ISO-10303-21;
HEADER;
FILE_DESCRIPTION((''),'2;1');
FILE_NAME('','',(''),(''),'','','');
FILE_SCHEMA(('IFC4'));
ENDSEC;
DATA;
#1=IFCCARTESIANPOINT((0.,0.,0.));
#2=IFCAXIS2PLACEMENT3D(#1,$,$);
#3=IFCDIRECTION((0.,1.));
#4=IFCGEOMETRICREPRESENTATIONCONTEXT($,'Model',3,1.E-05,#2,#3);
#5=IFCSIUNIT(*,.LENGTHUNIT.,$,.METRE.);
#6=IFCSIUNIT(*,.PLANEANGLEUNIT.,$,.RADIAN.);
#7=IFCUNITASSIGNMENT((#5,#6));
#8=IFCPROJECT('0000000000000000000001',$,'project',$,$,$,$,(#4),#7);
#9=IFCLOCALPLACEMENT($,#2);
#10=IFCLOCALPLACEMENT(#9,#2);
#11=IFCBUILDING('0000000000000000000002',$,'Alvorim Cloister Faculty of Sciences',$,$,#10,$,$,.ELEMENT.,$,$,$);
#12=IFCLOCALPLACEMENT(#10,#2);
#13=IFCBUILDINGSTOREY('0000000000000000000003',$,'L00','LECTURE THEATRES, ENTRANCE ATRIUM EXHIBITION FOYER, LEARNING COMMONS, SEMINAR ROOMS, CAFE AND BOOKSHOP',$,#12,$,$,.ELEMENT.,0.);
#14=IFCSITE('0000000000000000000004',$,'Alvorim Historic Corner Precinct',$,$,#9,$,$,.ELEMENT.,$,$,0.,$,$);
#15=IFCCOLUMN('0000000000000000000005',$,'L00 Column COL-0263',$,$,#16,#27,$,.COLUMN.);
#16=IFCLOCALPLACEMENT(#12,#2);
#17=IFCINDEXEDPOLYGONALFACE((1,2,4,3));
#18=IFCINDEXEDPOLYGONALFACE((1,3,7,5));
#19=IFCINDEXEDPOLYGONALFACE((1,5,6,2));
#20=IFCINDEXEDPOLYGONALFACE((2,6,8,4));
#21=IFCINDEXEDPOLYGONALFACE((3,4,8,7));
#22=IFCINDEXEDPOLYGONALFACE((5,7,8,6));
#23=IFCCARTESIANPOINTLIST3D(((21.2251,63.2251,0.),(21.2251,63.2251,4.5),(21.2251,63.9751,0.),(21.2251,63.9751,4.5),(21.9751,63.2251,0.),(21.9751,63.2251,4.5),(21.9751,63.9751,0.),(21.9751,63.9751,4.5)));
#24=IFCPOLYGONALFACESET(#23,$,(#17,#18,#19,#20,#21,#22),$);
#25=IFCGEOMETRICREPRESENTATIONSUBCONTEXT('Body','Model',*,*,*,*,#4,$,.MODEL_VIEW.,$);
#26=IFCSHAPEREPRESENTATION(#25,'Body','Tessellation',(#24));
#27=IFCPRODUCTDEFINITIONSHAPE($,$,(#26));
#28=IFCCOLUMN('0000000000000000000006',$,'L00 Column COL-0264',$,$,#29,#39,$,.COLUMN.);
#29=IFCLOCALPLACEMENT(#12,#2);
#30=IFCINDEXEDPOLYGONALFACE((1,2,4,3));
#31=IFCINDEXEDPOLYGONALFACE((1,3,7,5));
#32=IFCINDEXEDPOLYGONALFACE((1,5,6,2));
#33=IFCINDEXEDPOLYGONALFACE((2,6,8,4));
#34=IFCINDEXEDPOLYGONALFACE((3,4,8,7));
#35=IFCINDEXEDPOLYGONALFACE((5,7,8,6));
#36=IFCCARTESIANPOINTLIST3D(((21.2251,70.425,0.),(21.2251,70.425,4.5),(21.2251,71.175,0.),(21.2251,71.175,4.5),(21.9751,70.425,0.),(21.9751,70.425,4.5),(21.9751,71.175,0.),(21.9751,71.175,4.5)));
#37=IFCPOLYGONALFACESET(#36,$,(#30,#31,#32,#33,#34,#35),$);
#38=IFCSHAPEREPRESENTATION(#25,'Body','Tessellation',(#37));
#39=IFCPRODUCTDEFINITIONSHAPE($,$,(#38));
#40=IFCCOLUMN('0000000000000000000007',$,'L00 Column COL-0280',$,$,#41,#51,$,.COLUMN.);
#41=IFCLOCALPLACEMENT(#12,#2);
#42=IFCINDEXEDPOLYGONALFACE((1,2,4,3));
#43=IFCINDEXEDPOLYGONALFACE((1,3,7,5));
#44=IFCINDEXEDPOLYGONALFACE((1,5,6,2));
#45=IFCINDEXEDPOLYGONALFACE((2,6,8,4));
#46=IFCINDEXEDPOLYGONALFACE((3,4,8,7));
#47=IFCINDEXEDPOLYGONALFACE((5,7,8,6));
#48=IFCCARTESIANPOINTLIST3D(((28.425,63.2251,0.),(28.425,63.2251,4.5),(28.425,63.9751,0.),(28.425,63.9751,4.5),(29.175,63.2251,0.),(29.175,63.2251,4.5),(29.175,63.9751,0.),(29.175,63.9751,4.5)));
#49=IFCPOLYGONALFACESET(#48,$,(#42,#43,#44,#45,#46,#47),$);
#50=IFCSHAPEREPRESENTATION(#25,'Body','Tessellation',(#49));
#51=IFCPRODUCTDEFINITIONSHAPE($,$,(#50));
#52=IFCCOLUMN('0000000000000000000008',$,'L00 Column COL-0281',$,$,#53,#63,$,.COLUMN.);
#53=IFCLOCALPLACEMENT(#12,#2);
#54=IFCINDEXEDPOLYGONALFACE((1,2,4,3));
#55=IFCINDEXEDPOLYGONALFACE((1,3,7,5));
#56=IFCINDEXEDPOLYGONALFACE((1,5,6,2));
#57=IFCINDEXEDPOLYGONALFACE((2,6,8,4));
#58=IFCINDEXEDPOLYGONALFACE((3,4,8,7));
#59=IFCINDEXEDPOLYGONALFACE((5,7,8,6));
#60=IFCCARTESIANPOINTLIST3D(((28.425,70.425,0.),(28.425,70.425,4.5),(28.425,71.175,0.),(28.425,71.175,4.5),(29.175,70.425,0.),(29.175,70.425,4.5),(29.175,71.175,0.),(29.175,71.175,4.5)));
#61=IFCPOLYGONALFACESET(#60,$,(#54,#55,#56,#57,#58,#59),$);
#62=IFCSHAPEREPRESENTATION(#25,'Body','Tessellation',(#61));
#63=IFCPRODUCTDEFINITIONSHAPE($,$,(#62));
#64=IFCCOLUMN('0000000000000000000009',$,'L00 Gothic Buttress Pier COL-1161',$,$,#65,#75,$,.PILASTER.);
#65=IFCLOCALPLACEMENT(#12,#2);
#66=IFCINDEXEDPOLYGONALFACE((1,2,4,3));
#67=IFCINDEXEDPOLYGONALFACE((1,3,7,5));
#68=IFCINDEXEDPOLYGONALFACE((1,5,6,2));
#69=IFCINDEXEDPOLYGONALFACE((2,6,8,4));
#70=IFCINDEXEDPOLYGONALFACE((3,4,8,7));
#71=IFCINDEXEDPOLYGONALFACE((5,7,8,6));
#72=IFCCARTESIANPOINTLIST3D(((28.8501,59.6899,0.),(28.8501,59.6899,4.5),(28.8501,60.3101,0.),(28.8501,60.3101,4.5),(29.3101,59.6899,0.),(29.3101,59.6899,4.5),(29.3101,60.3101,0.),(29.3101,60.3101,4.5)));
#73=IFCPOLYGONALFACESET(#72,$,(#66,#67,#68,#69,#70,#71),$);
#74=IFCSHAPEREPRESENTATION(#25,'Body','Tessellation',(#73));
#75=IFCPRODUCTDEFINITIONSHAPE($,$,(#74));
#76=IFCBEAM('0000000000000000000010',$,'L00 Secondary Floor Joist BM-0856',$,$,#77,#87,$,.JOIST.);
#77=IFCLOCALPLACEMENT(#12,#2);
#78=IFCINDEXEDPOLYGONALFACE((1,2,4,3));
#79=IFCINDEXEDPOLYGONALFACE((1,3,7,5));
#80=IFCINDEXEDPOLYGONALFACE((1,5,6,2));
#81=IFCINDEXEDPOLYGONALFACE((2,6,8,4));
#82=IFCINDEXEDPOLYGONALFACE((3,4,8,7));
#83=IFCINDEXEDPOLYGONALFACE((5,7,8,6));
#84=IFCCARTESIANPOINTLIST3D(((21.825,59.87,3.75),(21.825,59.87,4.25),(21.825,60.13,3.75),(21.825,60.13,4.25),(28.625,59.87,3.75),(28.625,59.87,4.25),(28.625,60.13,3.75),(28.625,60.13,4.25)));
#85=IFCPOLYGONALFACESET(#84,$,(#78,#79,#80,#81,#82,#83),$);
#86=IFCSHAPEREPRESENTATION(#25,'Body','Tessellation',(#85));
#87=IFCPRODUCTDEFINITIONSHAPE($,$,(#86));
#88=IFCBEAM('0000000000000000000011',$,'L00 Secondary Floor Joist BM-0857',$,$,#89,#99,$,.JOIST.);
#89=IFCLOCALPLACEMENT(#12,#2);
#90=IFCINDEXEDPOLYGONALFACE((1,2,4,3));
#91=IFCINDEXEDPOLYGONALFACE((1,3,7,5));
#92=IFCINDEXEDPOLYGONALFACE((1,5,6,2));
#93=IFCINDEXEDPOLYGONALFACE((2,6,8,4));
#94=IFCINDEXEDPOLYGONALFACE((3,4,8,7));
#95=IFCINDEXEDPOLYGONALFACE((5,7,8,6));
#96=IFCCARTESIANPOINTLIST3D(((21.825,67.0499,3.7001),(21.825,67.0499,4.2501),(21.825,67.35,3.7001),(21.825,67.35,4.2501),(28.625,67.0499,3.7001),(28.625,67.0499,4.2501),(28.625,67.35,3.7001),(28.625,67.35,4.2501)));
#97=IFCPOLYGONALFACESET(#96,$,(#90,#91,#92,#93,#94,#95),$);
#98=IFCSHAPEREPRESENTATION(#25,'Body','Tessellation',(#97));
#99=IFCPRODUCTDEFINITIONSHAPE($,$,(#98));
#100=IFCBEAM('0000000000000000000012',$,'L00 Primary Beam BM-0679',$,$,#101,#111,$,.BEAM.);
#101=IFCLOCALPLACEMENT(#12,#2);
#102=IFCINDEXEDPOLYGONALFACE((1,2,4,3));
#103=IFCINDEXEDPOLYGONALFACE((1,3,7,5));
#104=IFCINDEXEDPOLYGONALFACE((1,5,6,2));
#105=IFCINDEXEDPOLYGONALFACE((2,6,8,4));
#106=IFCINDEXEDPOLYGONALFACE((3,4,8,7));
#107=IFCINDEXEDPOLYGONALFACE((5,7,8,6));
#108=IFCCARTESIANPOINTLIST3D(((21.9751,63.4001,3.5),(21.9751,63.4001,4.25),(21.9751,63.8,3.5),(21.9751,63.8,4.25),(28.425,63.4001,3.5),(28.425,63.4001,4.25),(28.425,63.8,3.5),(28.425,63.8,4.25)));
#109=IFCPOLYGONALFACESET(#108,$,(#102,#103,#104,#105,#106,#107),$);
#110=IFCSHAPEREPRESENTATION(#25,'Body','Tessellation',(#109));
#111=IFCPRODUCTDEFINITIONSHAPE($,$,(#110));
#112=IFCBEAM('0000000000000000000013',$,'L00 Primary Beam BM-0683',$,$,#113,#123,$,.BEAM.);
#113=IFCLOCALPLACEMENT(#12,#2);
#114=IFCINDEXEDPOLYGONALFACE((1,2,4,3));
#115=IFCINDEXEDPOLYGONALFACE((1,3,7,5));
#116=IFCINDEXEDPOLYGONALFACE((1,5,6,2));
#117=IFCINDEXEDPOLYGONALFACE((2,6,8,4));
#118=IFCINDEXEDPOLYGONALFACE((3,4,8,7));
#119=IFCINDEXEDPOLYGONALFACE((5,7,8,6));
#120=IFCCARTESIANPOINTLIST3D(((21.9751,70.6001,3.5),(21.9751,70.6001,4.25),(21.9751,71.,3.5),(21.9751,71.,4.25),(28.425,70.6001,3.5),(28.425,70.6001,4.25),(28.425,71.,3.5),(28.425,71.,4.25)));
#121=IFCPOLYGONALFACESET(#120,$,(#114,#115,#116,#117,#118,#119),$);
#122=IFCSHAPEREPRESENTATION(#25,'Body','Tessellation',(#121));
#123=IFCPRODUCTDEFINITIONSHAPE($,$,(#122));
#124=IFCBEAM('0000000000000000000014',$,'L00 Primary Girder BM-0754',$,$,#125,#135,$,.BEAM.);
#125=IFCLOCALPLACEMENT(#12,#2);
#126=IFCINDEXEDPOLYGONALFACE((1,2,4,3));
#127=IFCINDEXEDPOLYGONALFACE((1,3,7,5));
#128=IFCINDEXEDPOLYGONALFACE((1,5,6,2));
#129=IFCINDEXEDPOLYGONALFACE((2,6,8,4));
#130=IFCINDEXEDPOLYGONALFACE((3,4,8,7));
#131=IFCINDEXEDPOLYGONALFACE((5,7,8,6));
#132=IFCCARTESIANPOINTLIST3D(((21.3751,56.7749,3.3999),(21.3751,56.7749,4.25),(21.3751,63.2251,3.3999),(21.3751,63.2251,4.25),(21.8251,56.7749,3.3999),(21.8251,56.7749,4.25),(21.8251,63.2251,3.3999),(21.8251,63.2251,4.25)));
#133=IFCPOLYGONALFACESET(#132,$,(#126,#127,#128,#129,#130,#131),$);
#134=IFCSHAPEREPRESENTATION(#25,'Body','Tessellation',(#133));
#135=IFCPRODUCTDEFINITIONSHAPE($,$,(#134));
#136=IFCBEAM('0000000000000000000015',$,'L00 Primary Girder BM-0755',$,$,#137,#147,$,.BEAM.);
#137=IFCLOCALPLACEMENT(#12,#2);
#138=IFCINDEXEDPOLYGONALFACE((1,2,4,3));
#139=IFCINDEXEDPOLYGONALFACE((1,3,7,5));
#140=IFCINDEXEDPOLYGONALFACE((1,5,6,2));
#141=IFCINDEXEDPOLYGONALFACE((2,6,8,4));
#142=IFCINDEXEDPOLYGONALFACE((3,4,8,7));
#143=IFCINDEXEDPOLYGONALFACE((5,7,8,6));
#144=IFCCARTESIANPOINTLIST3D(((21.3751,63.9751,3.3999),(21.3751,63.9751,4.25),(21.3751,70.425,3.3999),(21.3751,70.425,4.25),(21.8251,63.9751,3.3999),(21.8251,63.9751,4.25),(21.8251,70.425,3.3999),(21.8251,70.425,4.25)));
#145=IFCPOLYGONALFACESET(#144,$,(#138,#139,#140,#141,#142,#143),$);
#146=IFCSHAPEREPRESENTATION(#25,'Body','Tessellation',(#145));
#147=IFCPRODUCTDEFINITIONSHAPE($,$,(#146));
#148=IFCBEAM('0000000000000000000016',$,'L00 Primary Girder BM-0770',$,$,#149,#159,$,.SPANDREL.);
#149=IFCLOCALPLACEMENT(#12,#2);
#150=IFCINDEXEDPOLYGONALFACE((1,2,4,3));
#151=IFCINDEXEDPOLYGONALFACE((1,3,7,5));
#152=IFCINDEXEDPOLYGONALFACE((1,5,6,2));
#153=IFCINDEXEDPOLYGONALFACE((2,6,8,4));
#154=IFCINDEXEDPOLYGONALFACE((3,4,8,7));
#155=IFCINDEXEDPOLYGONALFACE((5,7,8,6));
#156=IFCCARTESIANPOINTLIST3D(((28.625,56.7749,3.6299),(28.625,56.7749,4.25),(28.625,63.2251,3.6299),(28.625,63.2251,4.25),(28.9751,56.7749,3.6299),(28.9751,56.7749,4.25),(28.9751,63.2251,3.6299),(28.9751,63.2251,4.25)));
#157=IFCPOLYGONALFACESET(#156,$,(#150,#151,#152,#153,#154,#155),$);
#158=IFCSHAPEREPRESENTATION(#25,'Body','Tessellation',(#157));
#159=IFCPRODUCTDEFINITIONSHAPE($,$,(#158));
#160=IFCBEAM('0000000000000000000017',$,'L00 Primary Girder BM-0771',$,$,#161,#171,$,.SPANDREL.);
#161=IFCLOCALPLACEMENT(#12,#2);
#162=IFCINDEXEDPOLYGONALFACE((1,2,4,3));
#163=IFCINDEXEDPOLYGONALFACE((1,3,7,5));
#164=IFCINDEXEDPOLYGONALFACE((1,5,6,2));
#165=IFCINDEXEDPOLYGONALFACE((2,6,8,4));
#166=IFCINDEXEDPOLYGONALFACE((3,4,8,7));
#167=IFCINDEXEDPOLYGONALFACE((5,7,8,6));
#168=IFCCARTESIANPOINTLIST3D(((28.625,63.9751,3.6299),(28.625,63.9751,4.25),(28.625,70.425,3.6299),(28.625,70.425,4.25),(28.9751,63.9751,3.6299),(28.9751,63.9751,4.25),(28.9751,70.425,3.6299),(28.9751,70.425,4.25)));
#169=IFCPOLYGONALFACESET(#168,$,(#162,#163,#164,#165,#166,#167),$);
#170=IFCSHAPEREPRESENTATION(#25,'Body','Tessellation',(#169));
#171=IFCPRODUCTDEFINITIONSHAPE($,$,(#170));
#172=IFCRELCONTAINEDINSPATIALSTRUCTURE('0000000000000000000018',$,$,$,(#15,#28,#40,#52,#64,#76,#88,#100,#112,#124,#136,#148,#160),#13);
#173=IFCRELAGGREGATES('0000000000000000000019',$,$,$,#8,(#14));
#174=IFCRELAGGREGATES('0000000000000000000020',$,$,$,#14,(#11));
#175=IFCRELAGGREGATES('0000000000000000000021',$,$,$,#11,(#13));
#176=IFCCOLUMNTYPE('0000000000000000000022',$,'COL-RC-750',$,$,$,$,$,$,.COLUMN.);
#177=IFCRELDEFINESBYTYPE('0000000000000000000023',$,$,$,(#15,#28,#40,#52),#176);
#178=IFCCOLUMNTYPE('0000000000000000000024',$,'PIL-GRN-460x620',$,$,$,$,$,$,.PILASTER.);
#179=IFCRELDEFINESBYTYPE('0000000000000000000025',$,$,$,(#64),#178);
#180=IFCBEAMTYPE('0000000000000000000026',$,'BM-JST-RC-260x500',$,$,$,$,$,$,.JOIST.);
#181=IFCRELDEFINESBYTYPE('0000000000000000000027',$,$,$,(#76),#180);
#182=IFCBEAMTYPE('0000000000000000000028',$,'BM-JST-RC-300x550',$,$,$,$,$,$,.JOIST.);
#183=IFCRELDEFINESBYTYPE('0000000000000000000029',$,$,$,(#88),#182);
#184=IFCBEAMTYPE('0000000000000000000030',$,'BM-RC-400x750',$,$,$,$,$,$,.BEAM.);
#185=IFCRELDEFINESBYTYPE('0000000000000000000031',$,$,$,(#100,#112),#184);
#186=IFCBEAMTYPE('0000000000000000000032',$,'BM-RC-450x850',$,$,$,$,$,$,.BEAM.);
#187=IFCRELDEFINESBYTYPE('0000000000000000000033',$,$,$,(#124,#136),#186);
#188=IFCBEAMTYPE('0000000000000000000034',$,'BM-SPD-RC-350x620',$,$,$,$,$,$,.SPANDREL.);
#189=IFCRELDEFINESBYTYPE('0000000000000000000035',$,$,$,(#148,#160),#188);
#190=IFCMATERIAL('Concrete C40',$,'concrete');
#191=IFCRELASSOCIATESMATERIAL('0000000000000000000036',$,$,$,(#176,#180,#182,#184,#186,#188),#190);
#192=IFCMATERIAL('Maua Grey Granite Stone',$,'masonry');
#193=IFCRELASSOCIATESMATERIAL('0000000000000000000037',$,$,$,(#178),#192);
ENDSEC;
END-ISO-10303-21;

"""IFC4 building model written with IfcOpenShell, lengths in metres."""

from ifc_helpers import new_model, si_unit, direction, frame, origin, origin_2d, place, context, subcontext, project, spatial, rectangle, extrude, material, material_profile, profile_set, type_object, element, save


model = new_model("IFC4")

# Units and contexts
model_context = context("Model", 3, precision=1e-05, world=origin(), true_north=direction((0.0, 1.0)))
body_context = subcontext(model_context, "Body", "Model", "MODEL_VIEW")
ifc_project = project(units=[si_unit("LENGTHUNIT", "METRE"), si_unit("PLANEANGLEUNIT", "RADIAN")], contexts=[model_context])

# Site, building, storey
site_placement = place(None, origin())
site = spatial("IfcSite", under=ifc_project, at=site_placement, Name="Alvorim Historic Corner Precinct", CompositionType="ELEMENT", RefElevation=0.0)
building_placement = place(site_placement, origin())
building = spatial("IfcBuilding", under=site, at=building_placement, Name="Alvorim Cloister Faculty of Sciences", CompositionType="ELEMENT")
storey_placement = place(building_placement, origin())
storey = spatial("IfcBuildingStorey", under=building, at=storey_placement, Name="L00", Description="LECTURE THEATRES, ENTRANCE ATRIUM EXHIBITION FOYER, LEARNING COMMONS, SEMINAR ROOMS, CAFE AND BOOKSHOP", CompositionType="ELEMENT", Elevation=0.0)

# Columns
ifc_material_1 = material(Name="Concrete C40", Category="concrete")
ifc_material_profile_1 = material_profile(ifc_material_1, rectangle(XDim=0.75, YDim=0.75, at=origin_2d()), Name="RC40-COL-750x750")
ifc_profile_set_1 = profile_set([ifc_material_profile_1], Name="Concrete C40")
column_type_1 = type_object("IfcColumnType", Name="COL-RC-750", PredefinedType="COLUMN", material=ifc_profile_set_1)
for number, where, z_axis, x_axis, name in (
    (1, (21.6001, 63.6001, 0.0), (0.0, 0.0, 1.0), (1.0, 0.0, 0.0), "L00 Column COL-0263"),
    (2, (21.6001, 70.8, 0.0), (0.0, 0.0, 1.0), (1.0, 0.0, 0.0), "L00 Column COL-0264"),
    (3, (28.8, 63.6001, 0.0), (0.0, 0.0, 1.0), (1.0, 0.0, 0.0), "L00 Column COL-0280"),
    (4, (28.8, 70.8, 0.0), (0.0, 0.0, 1.0), (1.0, 0.0, 0.0), "L00 Column COL-0281"),
):
    element("IfcColumn", number, at=place(storey_placement, frame(where, z_axis=z_axis, x_axis=x_axis)), inside=storey, type_object=column_type_1, Name=name, PredefinedType="COLUMN", context=body_context, shape_type="SweptSolid", body=[
        extrude(rectangle(XDim=0.75, YDim=0.75, at=origin_2d()), origin(), (0.0, 0.0, 1.0), 4.5),
    ])
ifc_material_2 = material(Name="Maua Grey Granite Stone", Category="masonry")
ifc_material_profile_2 = material_profile(ifc_material_2, rectangle(XDim=0.46, YDim=0.6201, at=origin_2d()), Name="GRN-PIER-460x620")
ifc_profile_set_2 = profile_set([ifc_material_profile_2], Name="Maua Grey Granite Stone")
column_type_2 = type_object("IfcColumnType", Name="PIL-GRN-460x620", PredefinedType="PILASTER", material=ifc_profile_set_2)
column_placement = place(storey_placement, frame((29.0801, 60.0, 0.0), z_axis=(0.0, 0.0, 1.0), x_axis=(1.0, 0.0, 0.0)))
element("IfcColumn", 5, at=column_placement, inside=storey, type_object=column_type_2, Name="L00 Gothic Buttress Pier COL-1161", PredefinedType="PILASTER", context=body_context, shape_type="SweptSolid", body=[
    extrude(rectangle(XDim=0.46, YDim=0.6201, at=origin_2d()), origin(), (0.0, 0.0, 1.0), 4.5),
])

# Beams
ifc_material_profile_3 = material_profile(ifc_material_1, rectangle(XDim=0.26, YDim=0.5, at=origin_2d()), Name="RC40-JST-260x500")
ifc_profile_set_3 = profile_set([ifc_material_profile_3], Name="Concrete C40")
beam_type_1 = type_object("IfcBeamType", Name="BM-JST-RC-260x500", PredefinedType="JOIST", material=ifc_profile_set_3)
beam_1_placement = place(storey_placement, frame((21.825, 60.0, 4.0), z_axis=(1.0, 0.0, 0.0), x_axis=(0.0, 1.0, 0.0)))
element("IfcBeam", 6, at=beam_1_placement, inside=storey, type_object=beam_type_1, Name="L00 Secondary Floor Joist BM-0856", PredefinedType="JOIST", context=body_context, shape_type="SweptSolid", body=[
    extrude(rectangle(XDim=0.26, YDim=0.5, at=origin_2d()), origin(), (0.0, 0.0, 1.0), 6.8),
])
ifc_material_profile_4 = material_profile(ifc_material_1, rectangle(XDim=0.3, YDim=0.55, at=origin_2d()), Name="RC40-JST-300x550")
ifc_profile_set_4 = profile_set([ifc_material_profile_4], Name="Concrete C40")
beam_type_2 = type_object("IfcBeamType", Name="BM-JST-RC-300x550", PredefinedType="JOIST", material=ifc_profile_set_4)
beam_2_placement = place(storey_placement, frame((21.825, 67.2, 3.9751), z_axis=(1.0, 0.0, 0.0), x_axis=(0.0, 1.0, 0.0)))
element("IfcBeam", 7, at=beam_2_placement, inside=storey, type_object=beam_type_2, Name="L00 Secondary Floor Joist BM-0857", PredefinedType="JOIST", context=body_context, shape_type="SweptSolid", body=[
    extrude(rectangle(XDim=0.3, YDim=0.55, at=origin_2d()), origin(), (0.0, 0.0, 1.0), 6.8),
])
ifc_material_profile_5 = material_profile(ifc_material_1, rectangle(XDim=0.3999, YDim=0.75, at=origin_2d()), Name="RC40-BM-400x750")
ifc_profile_set_5 = profile_set([ifc_material_profile_5], Name="Concrete C40")
beam_type_3 = type_object("IfcBeamType", Name="BM-RC-400x750", PredefinedType="BEAM", material=ifc_profile_set_5)
for number, where, z_axis, x_axis, name in (
    (8, (21.9751, 63.6001, 3.875), (1.0, 0.0, 0.0), (0.0, 1.0, 0.0), "L00 Primary Beam BM-0679"),
    (9, (21.9751, 70.8, 3.875), (1.0, 0.0, 0.0), (0.0, 1.0, 0.0), "L00 Primary Beam BM-0683"),
):
    element("IfcBeam", number, at=place(storey_placement, frame(where, z_axis=z_axis, x_axis=x_axis)), inside=storey, type_object=beam_type_3, Name=name, PredefinedType="BEAM", context=body_context, shape_type="SweptSolid", body=[
        extrude(rectangle(XDim=0.3999, YDim=0.75, at=origin_2d()), origin(), (0.0, 0.0, 1.0), 6.45),
    ])
ifc_material_profile_6 = material_profile(ifc_material_1, rectangle(XDim=0.45, YDim=0.8501, at=origin_2d()), Name="RC40-BM-450x850")
ifc_profile_set_6 = profile_set([ifc_material_profile_6], Name="Concrete C40")
beam_type_4 = type_object("IfcBeamType", Name="BM-RC-450x850", PredefinedType="BEAM", material=ifc_profile_set_6)
beam_3_placement = place(storey_placement, frame((21.6001, 56.7749, 3.825), z_axis=(0.0, 1.0, 0.0), x_axis=(-1.0, 0.0, 0.0)))
element("IfcBeam", 10, at=beam_3_placement, inside=storey, type_object=beam_type_4, Name="L00 Primary Girder BM-0754", PredefinedType="BEAM", context=body_context, shape_type="SweptSolid", body=[
    extrude(rectangle(XDim=0.45, YDim=0.8501, at=origin_2d()), origin(), (0.0, 0.0, 1.0), 6.4502),
])
beam_4_placement = place(storey_placement, frame((21.6001, 63.9751, 3.825), z_axis=(0.0, 1.0, 0.0), x_axis=(-1.0, 0.0, 0.0)))
element("IfcBeam", 11, at=beam_4_placement, inside=storey, type_object=beam_type_4, Name="L00 Primary Girder BM-0755", PredefinedType="BEAM", context=body_context, shape_type="SweptSolid", body=[
    extrude(rectangle(XDim=0.45, YDim=0.8501, at=origin_2d()), origin(), (0.0, 0.0, 1.0), 6.45),
])
ifc_material_profile_7 = material_profile(ifc_material_1, rectangle(XDim=0.3501, YDim=0.6201, at=origin_2d()), Name="RC40-SPD-350x620")
ifc_profile_set_7 = profile_set([ifc_material_profile_7], Name="Concrete C40")
beam_type_5 = type_object("IfcBeamType", Name="BM-SPD-RC-350x620", PredefinedType="SPANDREL", material=ifc_profile_set_7)
beam_5_placement = place(storey_placement, frame((28.8, 56.7749, 3.9399), z_axis=(0.0, 1.0, 0.0), x_axis=(-1.0, 0.0, 0.0)))
element("IfcBeam", 12, at=beam_5_placement, inside=storey, type_object=beam_type_5, Name="L00 Primary Girder BM-0770", PredefinedType="SPANDREL", context=body_context, shape_type="SweptSolid", body=[
    extrude(rectangle(XDim=0.3501, YDim=0.6201, at=origin_2d()), origin(), (0.0, 0.0, 1.0), 6.4502),
])
beam_6_placement = place(storey_placement, frame((28.8, 63.9751, 3.9399), z_axis=(0.0, 1.0, 0.0), x_axis=(-1.0, 0.0, 0.0)))
element("IfcBeam", 13, at=beam_6_placement, inside=storey, type_object=beam_type_5, Name="L00 Primary Girder BM-0771", PredefinedType="SPANDREL", context=body_context, shape_type="SweptSolid", body=[
    extrude(rectangle(XDim=0.3501, YDim=0.6201, at=origin_2d()), origin(), (0.0, 0.0, 1.0), 6.45),
])

save(model, "model.ifc")
